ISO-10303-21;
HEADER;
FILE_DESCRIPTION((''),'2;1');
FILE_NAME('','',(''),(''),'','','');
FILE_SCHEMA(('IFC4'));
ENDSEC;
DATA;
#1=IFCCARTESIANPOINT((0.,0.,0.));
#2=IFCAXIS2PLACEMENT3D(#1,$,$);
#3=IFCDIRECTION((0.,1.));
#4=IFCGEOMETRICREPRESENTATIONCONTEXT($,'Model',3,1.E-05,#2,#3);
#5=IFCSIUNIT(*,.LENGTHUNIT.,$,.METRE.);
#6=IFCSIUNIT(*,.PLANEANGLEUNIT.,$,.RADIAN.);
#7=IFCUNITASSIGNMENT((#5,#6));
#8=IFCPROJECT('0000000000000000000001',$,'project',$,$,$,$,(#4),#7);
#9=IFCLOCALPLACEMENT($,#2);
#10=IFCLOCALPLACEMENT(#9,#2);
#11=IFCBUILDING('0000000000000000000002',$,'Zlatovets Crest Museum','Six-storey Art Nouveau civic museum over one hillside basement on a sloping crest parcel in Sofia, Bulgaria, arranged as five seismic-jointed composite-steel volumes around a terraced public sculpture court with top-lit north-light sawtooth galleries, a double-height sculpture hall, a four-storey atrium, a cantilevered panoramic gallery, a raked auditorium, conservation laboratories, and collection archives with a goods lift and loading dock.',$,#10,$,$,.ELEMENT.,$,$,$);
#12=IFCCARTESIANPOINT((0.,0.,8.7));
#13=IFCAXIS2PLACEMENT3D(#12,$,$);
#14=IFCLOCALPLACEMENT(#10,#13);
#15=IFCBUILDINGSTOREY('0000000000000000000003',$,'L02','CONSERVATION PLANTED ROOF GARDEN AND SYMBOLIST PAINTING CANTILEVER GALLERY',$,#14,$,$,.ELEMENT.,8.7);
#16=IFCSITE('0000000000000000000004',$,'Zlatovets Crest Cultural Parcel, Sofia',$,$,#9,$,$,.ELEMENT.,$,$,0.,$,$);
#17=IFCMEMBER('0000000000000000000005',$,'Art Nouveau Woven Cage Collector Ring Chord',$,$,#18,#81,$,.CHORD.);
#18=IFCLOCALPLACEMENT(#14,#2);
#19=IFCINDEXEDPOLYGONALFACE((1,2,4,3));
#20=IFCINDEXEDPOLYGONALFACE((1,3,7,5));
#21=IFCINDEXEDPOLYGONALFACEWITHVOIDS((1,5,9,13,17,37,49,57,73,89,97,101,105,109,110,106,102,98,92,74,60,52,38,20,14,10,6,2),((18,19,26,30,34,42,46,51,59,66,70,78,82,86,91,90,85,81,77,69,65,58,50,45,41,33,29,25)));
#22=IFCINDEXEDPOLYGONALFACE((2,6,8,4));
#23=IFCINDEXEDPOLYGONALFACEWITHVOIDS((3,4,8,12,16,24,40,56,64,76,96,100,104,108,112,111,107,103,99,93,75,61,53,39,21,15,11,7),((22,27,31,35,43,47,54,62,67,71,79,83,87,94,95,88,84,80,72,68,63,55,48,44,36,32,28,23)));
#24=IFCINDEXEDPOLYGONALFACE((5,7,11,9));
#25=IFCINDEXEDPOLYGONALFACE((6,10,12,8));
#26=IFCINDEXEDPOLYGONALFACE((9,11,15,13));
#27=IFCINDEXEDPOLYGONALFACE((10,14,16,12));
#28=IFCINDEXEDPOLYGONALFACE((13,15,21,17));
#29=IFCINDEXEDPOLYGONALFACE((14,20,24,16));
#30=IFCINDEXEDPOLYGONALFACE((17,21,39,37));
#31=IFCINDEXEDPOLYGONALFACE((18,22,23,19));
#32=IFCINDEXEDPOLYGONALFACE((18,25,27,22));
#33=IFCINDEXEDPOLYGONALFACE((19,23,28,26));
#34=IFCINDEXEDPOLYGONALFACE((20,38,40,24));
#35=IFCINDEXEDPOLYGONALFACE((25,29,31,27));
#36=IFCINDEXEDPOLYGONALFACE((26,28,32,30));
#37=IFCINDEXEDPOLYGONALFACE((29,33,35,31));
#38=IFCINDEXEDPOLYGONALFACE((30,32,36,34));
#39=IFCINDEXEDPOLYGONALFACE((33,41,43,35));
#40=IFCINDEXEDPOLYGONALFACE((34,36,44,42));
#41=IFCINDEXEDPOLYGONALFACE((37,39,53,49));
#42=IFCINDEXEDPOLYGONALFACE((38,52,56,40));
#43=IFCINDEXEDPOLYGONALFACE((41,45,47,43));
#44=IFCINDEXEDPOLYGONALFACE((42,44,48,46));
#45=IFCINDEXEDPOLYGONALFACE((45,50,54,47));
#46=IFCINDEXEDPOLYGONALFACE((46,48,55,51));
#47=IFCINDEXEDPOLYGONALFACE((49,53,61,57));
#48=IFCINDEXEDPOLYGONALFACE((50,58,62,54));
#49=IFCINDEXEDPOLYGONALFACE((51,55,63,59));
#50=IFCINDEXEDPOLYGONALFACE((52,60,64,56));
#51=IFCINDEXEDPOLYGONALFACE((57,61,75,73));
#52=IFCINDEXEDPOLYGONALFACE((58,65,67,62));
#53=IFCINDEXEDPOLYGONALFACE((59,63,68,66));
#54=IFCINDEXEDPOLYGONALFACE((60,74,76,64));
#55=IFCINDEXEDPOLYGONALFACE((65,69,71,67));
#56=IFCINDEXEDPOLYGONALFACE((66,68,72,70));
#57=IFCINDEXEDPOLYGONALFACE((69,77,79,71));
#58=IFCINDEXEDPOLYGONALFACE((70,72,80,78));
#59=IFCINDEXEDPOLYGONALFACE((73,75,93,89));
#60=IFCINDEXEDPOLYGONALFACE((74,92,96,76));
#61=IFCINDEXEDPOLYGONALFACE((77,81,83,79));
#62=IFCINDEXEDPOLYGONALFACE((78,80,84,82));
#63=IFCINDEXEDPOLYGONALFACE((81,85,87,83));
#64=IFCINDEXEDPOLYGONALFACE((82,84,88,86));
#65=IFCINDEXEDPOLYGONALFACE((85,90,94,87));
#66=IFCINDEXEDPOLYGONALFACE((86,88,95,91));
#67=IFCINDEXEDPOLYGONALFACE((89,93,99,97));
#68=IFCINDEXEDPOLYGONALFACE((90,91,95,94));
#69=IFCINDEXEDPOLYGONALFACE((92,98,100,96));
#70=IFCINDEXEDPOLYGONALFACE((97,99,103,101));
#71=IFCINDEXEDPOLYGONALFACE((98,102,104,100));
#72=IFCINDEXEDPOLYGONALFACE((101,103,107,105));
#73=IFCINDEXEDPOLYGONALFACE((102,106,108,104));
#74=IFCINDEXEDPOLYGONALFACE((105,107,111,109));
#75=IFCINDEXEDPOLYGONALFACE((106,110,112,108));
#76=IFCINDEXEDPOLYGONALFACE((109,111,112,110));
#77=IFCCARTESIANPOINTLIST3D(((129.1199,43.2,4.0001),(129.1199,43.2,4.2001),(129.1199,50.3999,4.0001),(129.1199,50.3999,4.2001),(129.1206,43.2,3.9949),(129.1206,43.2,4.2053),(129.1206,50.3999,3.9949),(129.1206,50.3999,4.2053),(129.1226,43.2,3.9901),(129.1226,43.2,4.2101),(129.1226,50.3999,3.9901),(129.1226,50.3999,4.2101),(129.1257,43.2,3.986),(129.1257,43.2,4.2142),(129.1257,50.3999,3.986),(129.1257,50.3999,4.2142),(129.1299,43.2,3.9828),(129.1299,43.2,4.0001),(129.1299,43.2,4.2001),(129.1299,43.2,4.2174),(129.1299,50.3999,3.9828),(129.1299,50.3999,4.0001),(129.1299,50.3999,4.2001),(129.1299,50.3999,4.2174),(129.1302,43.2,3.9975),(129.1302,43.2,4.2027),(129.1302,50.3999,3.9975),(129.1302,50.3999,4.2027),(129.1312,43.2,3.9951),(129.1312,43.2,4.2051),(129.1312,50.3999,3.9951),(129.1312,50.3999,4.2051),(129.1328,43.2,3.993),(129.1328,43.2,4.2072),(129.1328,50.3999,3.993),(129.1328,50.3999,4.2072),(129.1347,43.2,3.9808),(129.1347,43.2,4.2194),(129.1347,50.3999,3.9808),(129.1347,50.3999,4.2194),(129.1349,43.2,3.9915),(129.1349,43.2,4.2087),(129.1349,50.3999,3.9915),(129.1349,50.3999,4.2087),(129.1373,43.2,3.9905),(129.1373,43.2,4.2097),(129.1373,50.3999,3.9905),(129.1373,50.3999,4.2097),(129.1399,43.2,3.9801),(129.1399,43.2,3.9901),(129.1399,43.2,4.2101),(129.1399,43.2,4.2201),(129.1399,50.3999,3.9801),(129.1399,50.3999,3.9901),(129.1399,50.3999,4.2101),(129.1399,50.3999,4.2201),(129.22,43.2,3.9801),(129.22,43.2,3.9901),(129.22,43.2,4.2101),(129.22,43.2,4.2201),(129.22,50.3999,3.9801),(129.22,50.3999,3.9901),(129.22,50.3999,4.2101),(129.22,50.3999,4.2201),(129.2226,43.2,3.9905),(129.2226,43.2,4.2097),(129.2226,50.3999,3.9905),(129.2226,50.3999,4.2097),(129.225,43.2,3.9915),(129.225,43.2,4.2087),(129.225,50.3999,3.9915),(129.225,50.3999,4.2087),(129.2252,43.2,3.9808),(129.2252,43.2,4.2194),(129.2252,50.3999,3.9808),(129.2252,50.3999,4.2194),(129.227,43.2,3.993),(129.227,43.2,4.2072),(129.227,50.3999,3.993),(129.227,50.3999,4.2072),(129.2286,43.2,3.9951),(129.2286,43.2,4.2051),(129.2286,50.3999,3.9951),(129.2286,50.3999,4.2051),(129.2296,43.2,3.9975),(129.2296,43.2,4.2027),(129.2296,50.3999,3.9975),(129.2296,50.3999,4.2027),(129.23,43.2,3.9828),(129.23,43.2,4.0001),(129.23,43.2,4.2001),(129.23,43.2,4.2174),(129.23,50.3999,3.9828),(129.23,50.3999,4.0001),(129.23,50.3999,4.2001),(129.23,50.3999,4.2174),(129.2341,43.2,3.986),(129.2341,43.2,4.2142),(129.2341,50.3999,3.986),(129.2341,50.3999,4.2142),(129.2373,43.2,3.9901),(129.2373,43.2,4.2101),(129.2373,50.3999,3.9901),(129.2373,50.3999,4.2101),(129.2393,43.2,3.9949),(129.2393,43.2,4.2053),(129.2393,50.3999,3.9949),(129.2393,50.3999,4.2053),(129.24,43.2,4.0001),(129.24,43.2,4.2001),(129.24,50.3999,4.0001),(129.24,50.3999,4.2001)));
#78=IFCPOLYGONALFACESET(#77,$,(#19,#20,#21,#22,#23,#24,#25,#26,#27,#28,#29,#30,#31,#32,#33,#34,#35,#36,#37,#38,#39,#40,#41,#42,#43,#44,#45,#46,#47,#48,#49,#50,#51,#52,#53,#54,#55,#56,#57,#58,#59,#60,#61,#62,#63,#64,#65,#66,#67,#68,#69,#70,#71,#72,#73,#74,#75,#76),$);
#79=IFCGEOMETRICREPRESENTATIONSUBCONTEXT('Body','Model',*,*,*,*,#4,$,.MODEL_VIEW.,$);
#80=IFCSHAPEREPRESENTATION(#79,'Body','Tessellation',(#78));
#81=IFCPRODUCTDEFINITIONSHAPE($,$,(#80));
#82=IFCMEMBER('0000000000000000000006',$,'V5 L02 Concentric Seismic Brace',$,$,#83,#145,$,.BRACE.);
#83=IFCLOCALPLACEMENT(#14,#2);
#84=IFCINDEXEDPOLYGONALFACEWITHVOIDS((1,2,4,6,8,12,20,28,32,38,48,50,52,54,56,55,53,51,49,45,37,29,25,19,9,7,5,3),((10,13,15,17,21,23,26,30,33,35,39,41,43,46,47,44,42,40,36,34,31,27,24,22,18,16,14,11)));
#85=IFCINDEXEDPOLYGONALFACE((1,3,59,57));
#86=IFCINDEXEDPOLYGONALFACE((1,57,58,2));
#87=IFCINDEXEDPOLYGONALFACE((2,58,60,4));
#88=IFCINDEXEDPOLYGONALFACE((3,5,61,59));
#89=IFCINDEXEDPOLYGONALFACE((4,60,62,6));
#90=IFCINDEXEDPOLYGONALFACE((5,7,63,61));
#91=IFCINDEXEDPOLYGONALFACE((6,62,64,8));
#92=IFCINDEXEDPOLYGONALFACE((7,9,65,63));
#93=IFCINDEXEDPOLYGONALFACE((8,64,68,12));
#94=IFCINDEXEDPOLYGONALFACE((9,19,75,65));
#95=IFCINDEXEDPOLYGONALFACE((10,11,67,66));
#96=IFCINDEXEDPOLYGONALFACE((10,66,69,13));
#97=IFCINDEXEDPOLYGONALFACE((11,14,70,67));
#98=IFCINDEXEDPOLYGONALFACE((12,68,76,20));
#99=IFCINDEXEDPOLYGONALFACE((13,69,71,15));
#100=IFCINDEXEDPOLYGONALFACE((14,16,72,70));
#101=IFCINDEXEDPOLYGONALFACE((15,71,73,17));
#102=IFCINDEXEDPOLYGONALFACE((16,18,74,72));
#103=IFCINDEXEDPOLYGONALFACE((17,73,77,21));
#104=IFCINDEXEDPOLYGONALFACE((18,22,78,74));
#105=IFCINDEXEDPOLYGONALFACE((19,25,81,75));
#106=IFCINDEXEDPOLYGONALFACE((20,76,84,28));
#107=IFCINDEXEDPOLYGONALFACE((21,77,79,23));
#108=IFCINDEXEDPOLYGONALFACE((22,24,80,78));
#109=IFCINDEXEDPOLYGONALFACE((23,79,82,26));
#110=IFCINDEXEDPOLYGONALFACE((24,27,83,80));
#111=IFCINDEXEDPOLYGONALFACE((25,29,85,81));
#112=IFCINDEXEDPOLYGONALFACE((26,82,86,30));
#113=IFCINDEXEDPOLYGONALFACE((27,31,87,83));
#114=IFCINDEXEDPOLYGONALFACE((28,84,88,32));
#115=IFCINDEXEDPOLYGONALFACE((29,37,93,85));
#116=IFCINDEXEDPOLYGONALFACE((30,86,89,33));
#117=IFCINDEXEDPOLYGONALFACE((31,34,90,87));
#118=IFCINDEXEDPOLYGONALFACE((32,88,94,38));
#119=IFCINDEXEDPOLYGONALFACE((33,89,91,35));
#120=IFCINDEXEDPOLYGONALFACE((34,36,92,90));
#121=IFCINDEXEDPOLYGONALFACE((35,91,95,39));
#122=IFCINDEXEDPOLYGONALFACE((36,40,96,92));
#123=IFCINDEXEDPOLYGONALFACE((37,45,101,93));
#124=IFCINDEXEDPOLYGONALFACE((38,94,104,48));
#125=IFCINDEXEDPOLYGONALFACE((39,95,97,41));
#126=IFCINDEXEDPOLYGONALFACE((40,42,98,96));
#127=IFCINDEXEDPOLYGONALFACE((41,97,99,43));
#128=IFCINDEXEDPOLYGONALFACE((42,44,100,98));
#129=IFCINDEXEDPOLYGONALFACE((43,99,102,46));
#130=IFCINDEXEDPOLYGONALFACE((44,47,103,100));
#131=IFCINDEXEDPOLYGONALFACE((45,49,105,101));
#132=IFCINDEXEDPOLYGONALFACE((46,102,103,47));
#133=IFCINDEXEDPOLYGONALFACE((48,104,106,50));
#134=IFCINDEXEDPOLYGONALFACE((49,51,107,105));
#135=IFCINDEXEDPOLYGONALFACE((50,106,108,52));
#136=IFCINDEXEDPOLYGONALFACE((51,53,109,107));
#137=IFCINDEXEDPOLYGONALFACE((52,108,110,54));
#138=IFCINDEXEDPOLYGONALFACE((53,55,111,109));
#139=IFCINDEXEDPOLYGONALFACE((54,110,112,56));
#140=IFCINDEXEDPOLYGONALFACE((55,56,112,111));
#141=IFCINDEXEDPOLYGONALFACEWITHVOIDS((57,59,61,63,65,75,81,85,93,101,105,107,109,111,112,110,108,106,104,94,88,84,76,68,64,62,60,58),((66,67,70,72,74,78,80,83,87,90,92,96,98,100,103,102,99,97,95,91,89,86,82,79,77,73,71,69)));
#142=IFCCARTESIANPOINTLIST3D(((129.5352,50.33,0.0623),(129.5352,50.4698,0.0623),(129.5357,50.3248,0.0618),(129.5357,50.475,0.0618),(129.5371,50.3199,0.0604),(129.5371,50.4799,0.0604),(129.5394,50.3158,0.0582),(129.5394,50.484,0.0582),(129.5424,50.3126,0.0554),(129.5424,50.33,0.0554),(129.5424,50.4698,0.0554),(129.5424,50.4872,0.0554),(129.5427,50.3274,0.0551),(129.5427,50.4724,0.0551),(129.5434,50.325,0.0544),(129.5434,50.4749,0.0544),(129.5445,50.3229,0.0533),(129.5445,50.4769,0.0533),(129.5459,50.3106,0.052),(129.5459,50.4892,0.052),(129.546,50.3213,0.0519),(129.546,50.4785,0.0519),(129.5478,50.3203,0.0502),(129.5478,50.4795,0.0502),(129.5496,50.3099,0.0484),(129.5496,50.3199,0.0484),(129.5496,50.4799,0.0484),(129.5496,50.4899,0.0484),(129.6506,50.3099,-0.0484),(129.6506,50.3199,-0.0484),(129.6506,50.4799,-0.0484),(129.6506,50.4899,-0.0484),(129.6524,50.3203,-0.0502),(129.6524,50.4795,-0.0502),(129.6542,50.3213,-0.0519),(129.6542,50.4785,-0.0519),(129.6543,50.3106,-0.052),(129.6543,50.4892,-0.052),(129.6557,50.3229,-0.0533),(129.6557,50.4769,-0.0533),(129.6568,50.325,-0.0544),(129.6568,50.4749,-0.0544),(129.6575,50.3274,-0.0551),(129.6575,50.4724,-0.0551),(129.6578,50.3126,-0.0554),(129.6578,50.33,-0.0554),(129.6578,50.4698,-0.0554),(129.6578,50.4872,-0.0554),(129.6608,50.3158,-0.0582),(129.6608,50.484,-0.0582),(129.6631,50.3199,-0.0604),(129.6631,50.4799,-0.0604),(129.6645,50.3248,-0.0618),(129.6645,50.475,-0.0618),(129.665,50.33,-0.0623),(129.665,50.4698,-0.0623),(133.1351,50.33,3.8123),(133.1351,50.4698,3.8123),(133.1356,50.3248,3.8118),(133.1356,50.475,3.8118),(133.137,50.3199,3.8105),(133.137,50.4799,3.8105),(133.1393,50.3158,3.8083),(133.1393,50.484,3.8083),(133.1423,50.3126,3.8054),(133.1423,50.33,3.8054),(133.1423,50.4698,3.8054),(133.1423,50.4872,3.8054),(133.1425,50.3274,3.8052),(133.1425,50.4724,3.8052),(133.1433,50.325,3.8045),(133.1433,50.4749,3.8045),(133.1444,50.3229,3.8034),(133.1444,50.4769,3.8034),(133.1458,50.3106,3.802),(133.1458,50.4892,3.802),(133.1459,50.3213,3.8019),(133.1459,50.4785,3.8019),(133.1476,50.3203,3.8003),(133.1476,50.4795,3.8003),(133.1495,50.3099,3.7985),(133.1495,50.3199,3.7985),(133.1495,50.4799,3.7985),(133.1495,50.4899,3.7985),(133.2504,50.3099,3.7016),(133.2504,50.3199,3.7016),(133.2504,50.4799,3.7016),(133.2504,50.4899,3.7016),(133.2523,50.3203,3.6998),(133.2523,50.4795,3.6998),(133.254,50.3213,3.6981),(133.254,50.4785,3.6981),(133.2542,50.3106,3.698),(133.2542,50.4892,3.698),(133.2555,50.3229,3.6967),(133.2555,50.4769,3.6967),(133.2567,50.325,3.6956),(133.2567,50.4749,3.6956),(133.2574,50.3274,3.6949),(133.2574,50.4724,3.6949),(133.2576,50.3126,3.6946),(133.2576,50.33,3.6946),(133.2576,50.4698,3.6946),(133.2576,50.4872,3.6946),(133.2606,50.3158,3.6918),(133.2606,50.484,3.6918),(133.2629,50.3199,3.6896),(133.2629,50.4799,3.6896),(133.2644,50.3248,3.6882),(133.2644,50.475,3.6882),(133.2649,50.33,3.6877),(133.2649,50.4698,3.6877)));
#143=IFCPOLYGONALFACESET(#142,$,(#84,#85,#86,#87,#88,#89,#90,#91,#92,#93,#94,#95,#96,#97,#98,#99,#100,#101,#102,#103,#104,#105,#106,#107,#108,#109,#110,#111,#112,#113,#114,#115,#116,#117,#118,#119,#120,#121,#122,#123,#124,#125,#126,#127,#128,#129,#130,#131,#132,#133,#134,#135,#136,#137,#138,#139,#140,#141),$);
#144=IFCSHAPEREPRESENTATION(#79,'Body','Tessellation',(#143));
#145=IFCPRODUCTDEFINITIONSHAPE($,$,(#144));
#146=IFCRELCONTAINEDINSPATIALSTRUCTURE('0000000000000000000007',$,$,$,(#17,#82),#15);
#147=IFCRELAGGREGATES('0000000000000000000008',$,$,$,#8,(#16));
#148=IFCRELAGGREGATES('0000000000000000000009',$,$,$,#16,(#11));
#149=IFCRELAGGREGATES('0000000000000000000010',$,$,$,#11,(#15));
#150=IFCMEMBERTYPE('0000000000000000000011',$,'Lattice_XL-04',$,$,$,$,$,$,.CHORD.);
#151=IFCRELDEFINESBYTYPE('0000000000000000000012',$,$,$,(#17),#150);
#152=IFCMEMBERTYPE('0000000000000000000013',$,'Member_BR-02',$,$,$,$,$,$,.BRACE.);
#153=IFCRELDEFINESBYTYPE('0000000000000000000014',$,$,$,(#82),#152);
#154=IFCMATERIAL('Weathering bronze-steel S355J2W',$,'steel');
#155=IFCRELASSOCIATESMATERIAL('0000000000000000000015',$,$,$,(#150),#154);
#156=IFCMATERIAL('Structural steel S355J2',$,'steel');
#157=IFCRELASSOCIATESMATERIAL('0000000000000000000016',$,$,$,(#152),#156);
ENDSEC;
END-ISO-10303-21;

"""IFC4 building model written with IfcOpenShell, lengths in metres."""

from ifc_helpers import new_model, si_unit, direction, frame, origin, origin_2d, place, context, subcontext, project, spatial, hollow_rectangle, extrude, material, material_profile, profile_set, type_object, element, save


model = new_model("IFC4")

# Units and contexts
model_context = context("Model", 3, precision=1e-05, world=origin(), true_north=direction((0.0, 1.0)))
body_context = subcontext(model_context, "Body", "Model", "MODEL_VIEW")
ifc_project = project(units=[si_unit("LENGTHUNIT", "METRE"), si_unit("PLANEANGLEUNIT", "RADIAN")], contexts=[model_context])

# Site, building, storey
site_placement = place(None, origin())
site = spatial("IfcSite", under=ifc_project, at=site_placement, Name="Zlatovets Crest Cultural Parcel, Sofia", CompositionType="ELEMENT", RefElevation=0.0)
building_placement = place(site_placement, origin())
building = spatial("IfcBuilding", under=site, at=building_placement, Name="Zlatovets Crest Museum", Description="Six-storey Art Nouveau civic museum over one hillside basement on a sloping crest parcel in Sofia, Bulgaria, arranged as five seismic-jointed composite-steel volumes around a terraced public sculpture court with top-lit north-light sawtooth galleries, a double-height sculpture hall, a four-storey atrium, a cantilevered panoramic gallery, a raked auditorium, conservation laboratories, and collection archives with a goods lift and loading dock.", CompositionType="ELEMENT")
storey_placement = place(building_placement, frame((0.0, 0.0, 8.7)))
storey = spatial("IfcBuildingStorey", under=building, at=storey_placement, Name="L02", Description="CONSERVATION PLANTED ROOF GARDEN AND SYMBOLIST PAINTING CANTILEVER GALLERY", CompositionType="ELEMENT", Elevation=8.7)

# Shared definitions
ifc_material_1 = material(Name="Structural steel S355J2", Category="steel")

# Members
ifc_material_2 = material(Name="Weathering bronze-steel S355J2W", Category="steel")
ifc_material_profile_1 = material_profile(ifc_material_2, hollow_rectangle(XDim=0.1201, YDim=0.24, WallThickness=0.01, InnerFilletRadius=0.01, OuterFilletRadius=0.02, at=origin_2d()), Name="RHS 120x240x10.0")
ifc_profile_set_1 = profile_set([ifc_material_profile_1], Name="Weathering bronze-steel S355J2W")
member_type_1 = type_object("IfcMemberType", Name="Lattice_XL-04", PredefinedType="CHORD", material=ifc_profile_set_1)
member_1_placement = place(storey_placement, frame((129.1799, 50.3999, 4.1001), z_axis=(0.0, -1.0, 0.0), x_axis=(1.0, 0.0, 0.0)))
element("IfcMember", 1, at=member_1_placement, inside=storey, type_object=member_type_1, Name="Art Nouveau Woven Cage Collector Ring Chord", PredefinedType="CHORD", context=body_context, shape_type="SweptSolid", body=[
    extrude(hollow_rectangle(XDim=0.1201, YDim=0.24, WallThickness=0.01, InnerFilletRadius=0.01, OuterFilletRadius=0.02, at=origin_2d()), origin(), (0.0, 0.0, 1.0), 7.2),
])
ifc_material_profile_2 = material_profile(ifc_material_1, hollow_rectangle(XDim=0.1799, YDim=0.1799, WallThickness=0.01, InnerFilletRadius=0.01, OuterFilletRadius=0.02, at=origin_2d()), Name="SHS 180x180x10.0")
ifc_profile_set_2 = profile_set([ifc_material_profile_2], Name="Structural steel S355J2")
member_type_2 = type_object("IfcMemberType", Name="Member_BR-02", PredefinedType="BRACE", material=ifc_profile_set_2)
member_2_placement = place(storey_placement, frame((129.6001, 50.3999, 0.0), z_axis=(0.692517, 0.0, 0.721401), x_axis=(0.0, 1.0, 0.0)))
element("IfcMember", 2, at=member_2_placement, inside=storey, type_object=member_type_2, Name="V5 L02 Concentric Seismic Brace", PredefinedType="BRACE", context=body_context, shape_type="SweptSolid", body=[
    extrude(hollow_rectangle(XDim=0.1799, YDim=0.1799, WallThickness=0.01, InnerFilletRadius=0.01, OuterFilletRadius=0.02, at=origin_2d()), origin(), (0.0, 0.0, 1.0), 5.1982),
])

save(model, "model.ifc")
